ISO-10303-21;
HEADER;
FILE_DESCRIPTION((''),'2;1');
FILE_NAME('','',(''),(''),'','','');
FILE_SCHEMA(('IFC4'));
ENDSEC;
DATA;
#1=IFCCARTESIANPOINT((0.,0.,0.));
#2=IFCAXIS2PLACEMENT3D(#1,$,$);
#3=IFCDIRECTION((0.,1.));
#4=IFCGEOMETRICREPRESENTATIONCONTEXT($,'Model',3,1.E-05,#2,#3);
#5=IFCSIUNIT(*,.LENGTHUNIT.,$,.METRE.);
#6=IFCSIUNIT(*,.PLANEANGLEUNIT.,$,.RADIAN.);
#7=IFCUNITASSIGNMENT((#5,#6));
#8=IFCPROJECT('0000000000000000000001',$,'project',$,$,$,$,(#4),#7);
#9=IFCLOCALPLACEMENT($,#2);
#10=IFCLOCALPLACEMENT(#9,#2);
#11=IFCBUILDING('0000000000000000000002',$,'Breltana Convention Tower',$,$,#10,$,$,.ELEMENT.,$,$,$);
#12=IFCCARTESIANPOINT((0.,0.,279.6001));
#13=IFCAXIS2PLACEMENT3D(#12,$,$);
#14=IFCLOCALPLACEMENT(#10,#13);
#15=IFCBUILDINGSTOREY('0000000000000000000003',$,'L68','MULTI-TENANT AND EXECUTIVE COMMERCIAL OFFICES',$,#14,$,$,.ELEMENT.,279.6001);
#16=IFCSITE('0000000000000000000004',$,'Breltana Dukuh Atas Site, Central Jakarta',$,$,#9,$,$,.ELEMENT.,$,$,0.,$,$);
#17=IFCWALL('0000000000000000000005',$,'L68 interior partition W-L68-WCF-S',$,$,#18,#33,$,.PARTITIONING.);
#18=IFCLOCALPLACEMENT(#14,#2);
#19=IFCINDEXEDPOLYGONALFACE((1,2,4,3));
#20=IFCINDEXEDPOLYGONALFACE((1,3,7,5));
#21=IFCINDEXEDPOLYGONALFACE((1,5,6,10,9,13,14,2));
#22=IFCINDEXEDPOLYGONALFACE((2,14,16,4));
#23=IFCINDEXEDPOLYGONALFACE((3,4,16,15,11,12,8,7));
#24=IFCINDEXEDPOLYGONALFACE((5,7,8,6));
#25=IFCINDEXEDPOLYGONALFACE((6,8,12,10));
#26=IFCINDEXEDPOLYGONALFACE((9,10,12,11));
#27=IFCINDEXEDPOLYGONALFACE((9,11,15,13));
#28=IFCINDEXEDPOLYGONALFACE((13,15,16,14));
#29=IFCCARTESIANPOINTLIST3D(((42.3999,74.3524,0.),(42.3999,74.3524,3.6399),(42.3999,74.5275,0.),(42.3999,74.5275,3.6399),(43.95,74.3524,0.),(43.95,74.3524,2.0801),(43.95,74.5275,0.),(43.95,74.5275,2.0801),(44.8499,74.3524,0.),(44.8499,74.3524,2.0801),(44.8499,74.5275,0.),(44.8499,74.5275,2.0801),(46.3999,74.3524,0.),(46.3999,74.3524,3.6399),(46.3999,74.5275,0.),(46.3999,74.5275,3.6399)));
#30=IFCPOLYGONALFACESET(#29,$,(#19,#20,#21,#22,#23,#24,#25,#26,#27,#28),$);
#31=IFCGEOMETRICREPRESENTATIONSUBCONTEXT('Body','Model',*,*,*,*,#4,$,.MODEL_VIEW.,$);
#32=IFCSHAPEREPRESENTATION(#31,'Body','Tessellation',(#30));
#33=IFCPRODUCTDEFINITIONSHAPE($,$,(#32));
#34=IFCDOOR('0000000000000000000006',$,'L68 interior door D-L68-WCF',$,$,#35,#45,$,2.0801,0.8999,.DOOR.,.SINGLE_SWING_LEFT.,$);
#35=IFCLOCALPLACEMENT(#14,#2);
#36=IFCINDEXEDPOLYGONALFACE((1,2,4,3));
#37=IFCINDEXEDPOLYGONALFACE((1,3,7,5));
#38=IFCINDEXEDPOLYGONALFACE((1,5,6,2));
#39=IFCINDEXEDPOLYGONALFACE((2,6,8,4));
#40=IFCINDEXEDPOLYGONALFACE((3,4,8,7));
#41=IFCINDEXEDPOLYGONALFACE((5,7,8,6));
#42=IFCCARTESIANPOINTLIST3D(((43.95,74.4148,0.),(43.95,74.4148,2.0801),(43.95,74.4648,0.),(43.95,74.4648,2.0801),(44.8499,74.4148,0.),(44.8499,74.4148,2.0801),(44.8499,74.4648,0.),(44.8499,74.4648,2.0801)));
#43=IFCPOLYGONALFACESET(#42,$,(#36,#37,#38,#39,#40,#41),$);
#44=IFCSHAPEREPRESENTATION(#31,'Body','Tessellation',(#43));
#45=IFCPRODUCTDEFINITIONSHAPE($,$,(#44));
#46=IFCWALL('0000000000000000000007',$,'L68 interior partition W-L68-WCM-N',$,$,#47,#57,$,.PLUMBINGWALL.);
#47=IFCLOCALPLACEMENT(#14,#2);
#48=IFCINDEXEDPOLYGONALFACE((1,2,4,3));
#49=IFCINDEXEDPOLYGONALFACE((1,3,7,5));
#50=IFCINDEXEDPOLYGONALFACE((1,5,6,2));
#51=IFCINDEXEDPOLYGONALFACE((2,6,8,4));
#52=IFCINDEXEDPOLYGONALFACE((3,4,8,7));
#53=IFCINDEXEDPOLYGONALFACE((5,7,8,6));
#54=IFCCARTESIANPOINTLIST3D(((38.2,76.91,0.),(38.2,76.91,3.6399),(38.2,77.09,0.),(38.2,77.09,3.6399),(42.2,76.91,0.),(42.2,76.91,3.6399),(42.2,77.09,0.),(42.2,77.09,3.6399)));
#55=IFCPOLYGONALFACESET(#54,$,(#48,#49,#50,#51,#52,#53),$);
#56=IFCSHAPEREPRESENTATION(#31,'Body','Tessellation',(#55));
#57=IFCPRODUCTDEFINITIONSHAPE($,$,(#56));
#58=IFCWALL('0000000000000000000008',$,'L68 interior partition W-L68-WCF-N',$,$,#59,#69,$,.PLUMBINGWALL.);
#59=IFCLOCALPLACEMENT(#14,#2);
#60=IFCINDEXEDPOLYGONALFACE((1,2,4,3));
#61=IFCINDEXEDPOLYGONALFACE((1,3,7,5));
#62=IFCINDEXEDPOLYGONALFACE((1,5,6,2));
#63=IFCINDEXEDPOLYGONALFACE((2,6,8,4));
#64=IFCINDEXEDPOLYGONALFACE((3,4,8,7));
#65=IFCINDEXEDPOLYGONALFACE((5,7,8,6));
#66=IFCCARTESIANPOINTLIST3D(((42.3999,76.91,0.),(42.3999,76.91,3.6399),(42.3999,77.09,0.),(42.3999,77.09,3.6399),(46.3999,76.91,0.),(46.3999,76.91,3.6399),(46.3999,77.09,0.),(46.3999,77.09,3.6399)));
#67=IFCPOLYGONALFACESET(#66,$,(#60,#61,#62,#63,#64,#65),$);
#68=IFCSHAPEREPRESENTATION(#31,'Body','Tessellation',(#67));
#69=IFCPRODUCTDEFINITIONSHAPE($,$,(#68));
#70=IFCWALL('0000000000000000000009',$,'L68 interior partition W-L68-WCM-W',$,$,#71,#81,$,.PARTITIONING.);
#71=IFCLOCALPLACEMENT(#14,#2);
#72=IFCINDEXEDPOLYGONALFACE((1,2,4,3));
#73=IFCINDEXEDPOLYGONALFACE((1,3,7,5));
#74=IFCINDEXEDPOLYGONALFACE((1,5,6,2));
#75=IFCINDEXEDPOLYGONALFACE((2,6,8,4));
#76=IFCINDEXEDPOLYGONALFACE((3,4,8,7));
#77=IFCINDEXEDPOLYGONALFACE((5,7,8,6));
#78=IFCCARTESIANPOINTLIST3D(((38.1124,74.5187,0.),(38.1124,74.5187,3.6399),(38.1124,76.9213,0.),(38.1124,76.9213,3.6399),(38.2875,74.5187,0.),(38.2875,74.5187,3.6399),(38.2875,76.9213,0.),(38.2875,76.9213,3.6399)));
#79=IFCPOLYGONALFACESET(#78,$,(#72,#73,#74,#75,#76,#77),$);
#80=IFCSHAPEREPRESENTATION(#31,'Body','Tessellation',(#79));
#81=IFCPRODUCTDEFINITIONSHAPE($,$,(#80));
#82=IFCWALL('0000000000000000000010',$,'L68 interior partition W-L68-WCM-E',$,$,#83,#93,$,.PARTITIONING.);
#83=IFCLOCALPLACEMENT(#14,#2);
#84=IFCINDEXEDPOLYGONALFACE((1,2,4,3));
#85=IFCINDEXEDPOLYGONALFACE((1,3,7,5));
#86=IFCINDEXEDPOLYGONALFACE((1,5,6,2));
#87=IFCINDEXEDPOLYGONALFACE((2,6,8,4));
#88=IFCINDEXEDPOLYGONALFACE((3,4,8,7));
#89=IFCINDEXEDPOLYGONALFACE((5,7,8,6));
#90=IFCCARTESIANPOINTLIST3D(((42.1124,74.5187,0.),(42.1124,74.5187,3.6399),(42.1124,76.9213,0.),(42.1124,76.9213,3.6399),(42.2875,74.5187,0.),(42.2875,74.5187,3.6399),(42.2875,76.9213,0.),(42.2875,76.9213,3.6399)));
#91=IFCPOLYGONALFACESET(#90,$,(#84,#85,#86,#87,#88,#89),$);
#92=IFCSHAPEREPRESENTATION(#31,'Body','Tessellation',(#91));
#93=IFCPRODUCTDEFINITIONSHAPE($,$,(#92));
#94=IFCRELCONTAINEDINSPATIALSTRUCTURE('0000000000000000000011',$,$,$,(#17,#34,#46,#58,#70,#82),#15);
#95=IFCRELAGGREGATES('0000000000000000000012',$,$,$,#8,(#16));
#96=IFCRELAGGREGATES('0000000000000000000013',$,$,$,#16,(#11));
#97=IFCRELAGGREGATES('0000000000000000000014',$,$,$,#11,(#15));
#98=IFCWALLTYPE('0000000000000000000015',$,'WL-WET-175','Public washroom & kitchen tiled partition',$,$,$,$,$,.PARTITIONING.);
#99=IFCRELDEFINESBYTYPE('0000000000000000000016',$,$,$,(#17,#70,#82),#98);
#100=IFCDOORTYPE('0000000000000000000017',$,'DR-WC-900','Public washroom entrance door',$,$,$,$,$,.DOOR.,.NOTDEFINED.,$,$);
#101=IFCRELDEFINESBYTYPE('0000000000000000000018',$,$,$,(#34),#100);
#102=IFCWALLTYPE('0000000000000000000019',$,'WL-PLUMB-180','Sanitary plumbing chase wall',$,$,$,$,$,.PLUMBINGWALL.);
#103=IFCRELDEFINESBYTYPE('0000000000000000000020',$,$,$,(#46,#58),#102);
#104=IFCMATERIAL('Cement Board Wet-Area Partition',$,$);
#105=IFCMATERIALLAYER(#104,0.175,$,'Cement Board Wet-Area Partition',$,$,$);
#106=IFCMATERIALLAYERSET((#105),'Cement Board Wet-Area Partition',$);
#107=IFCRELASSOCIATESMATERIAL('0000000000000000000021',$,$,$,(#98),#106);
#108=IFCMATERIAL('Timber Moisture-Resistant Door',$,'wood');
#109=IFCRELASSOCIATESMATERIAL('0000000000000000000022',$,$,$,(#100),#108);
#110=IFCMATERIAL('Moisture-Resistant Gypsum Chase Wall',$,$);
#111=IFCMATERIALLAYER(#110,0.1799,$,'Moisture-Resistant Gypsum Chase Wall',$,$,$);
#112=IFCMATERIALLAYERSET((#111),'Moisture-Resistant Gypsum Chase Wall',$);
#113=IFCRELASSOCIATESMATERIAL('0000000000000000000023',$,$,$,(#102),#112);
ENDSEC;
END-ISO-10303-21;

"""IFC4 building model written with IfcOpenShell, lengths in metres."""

from ifc_helpers import new_model, si_unit, direction, frame, frame_2d, origin, place, context, subcontext, project, spatial, rectangle, extrude, source, transform, mapped, material, layer, layer_set, type_object, type_shapes, element, fill, save


model = new_model("IFC4")

# Units and contexts
model_context = context("Model", 3, precision=1e-05, world=origin(), true_north=direction((0.0, 1.0)))
body_context = subcontext(model_context, "Body", "Model", "MODEL_VIEW")
ifc_project = project(units=[si_unit("LENGTHUNIT", "METRE"), si_unit("PLANEANGLEUNIT", "RADIAN")], contexts=[model_context])

# Site, building, storey
site_placement = place(None, origin())
site = spatial("IfcSite", under=ifc_project, at=site_placement, Name="Breltana Dukuh Atas Site, Central Jakarta", CompositionType="ELEMENT", RefElevation=0.0)
building_placement = place(site_placement, origin())
building = spatial("IfcBuilding", under=site, at=building_placement, Name="Breltana Convention Tower", CompositionType="ELEMENT")
storey_placement = place(building_placement, frame((0.0, 0.0, 279.6001)))
storey = spatial("IfcBuildingStorey", under=building, at=storey_placement, Name="L68", Description="MULTI-TENANT AND EXECUTIVE COMMERCIAL OFFICES", CompositionType="ELEMENT", Elevation=279.6001)

# Wall, opening, door
ifc_material_1 = material(Name="Cement Board Wet-Area Partition")
ifc_layer_1 = layer(ifc_material_1, 0.175, Name="Cement Board Wet-Area Partition")
ifc_layer_set_1 = layer_set([ifc_layer_1], Name="Cement Board Wet-Area Partition")
wall_type_1 = type_object("IfcWallType", Name="WL-WET-175", Description="Public washroom & kitchen tiled partition", PredefinedType="PARTITIONING", material=ifc_layer_set_1)
shared_shape_1 = source(origin(), body_context, "Body", "SweptSolid", [
    extrude(rectangle(XDim=4.0, YDim=0.175, at=frame_2d((2.0, 0.0))), origin(), (0.0, 0.0, 1.0), 3.6399),
])
ifc_material_2 = material(Name="Timber Moisture-Resistant Door", Category="wood")
door_type = type_object("IfcDoorType", Name="DR-WC-900", Description="Public washroom entrance door", OperationType="NOTDEFINED", PredefinedType="DOOR", material=ifc_material_2)
shared_shape_2 = source(origin(), body_context, "Body", "SweptSolid", [
    extrude(rectangle(XDim=0.8999, YDim=2.0801, at=frame_2d((0.45, 1.04))), frame((0.0, 0.0249, 0.0), z_axis=(0.0, -1.0, 0.0), x_axis=(1.0, 0.0, 0.0)), (0.0, 0.0, 1.0), 0.05),
])
type_shapes(door_type, [shared_shape_2])
wall_1_placement = place(storey_placement, frame((42.3999, 74.4399, 0.0), z_axis=(0.0, 0.0, 1.0), x_axis=(1.0, 0.0, 0.0)))
wall_1 = element("IfcWall", 1, at=wall_1_placement, inside=storey, type_object=wall_type_1, Name="L68 interior partition W-L68-WCF-S", PredefinedType="PARTITIONING", context=body_context, shape_type="MappedRepresentation", body=[
    mapped(shared_shape_1, transform((0.0, 0.0, 0.0), scale=1.0)),
])
opening_1_placement = place(wall_1_placement, frame((1.55, 0.0, 0.0)))
opening_1 = element("IfcOpeningElement", 2, at=opening_1_placement, cuts=wall_1, PredefinedType="OPENING", context=body_context, shape_type="SweptSolid", body=[
    extrude(rectangle(XDim=0.8999, YDim=2.0801, at=frame_2d((0.45, 1.04))), frame((0.0, 0.0977, 0.0), z_axis=(0.0, -1.0, 0.0), x_axis=(1.0, 0.0, 0.0)), (0.0, 0.0, 1.0), 0.1951),
])
door_1_placement = place(opening_1_placement, origin())
door_1 = element("IfcDoor", 3, at=door_1_placement, inside=storey, type_object=door_type, Name="L68 interior door D-L68-WCF", OperationType="SINGLE_SWING_LEFT", OverallHeight=2.0801, OverallWidth=0.8999, PredefinedType="DOOR", context=body_context, shape_type="MappedRepresentation", body=[
    mapped(shared_shape_2, transform((0.0, 0.0, 0.0), scale=1.0)),
])
fill(opening_1, door_1)

# Walls
ifc_material_3 = material(Name="Moisture-Resistant Gypsum Chase Wall")
ifc_layer_2 = layer(ifc_material_3, 0.1799, Name="Moisture-Resistant Gypsum Chase Wall")
ifc_layer_set_2 = layer_set([ifc_layer_2], Name="Moisture-Resistant Gypsum Chase Wall")
wall_type_2 = type_object("IfcWallType", Name="WL-PLUMB-180", Description="Sanitary plumbing chase wall", PredefinedType="PLUMBINGWALL", material=ifc_layer_set_2)
shared_shape_3 = source(origin(), body_context, "Body", "SweptSolid", [
    extrude(rectangle(XDim=4.0, YDim=0.1799, at=frame_2d((2.0, 0.0))), origin(), (0.0, 0.0, 1.0), 3.6399),
])
for number, where, z_axis, x_axis, name in (
    (4, (38.2, 77.0, 0.0), (0.0, 0.0, 1.0), (1.0, 0.0, 0.0), "L68 interior partition W-L68-WCM-N"),
    (5, (42.3999, 77.0, 0.0), (0.0, 0.0, 1.0), (1.0, 0.0, 0.0), "L68 interior partition W-L68-WCF-N"),
):
    element("IfcWall", number, at=place(storey_placement, frame(where, z_axis=z_axis, x_axis=x_axis)), inside=storey, type_object=wall_type_2, Name=name, PredefinedType="PLUMBINGWALL", context=body_context, shape_type="MappedRepresentation", body=[
        mapped(shared_shape_3, transform((0.0, 0.0, 0.0), scale=1.0)),
    ])
shared_shape_4 = source(origin(), body_context, "Body", "SweptSolid", [
    extrude(rectangle(XDim=2.4026, YDim=0.175, at=frame_2d((1.2012, 0.0))), origin(), (0.0, 0.0, 1.0), 3.6399),
])
for number, where, z_axis, x_axis, name in (
    (6, (38.2, 74.5188, 0.0), (0.0, 0.0, 1.0), (0.0, 1.0, 0.0), "L68 interior partition W-L68-WCM-W"),
    (7, (42.2, 74.5188, 0.0), (0.0, 0.0, 1.0), (0.0, 1.0, 0.0), "L68 interior partition W-L68-WCM-E"),
):
    element("IfcWall", number, at=place(storey_placement, frame(where, z_axis=z_axis, x_axis=x_axis)), inside=storey, type_object=wall_type_1, Name=name, PredefinedType="PARTITIONING", context=body_context, shape_type="MappedRepresentation", body=[
        mapped(shared_shape_4, transform((0.0, 0.0, 0.0), scale=1.0)),
    ])

save(model, "model.ifc")
